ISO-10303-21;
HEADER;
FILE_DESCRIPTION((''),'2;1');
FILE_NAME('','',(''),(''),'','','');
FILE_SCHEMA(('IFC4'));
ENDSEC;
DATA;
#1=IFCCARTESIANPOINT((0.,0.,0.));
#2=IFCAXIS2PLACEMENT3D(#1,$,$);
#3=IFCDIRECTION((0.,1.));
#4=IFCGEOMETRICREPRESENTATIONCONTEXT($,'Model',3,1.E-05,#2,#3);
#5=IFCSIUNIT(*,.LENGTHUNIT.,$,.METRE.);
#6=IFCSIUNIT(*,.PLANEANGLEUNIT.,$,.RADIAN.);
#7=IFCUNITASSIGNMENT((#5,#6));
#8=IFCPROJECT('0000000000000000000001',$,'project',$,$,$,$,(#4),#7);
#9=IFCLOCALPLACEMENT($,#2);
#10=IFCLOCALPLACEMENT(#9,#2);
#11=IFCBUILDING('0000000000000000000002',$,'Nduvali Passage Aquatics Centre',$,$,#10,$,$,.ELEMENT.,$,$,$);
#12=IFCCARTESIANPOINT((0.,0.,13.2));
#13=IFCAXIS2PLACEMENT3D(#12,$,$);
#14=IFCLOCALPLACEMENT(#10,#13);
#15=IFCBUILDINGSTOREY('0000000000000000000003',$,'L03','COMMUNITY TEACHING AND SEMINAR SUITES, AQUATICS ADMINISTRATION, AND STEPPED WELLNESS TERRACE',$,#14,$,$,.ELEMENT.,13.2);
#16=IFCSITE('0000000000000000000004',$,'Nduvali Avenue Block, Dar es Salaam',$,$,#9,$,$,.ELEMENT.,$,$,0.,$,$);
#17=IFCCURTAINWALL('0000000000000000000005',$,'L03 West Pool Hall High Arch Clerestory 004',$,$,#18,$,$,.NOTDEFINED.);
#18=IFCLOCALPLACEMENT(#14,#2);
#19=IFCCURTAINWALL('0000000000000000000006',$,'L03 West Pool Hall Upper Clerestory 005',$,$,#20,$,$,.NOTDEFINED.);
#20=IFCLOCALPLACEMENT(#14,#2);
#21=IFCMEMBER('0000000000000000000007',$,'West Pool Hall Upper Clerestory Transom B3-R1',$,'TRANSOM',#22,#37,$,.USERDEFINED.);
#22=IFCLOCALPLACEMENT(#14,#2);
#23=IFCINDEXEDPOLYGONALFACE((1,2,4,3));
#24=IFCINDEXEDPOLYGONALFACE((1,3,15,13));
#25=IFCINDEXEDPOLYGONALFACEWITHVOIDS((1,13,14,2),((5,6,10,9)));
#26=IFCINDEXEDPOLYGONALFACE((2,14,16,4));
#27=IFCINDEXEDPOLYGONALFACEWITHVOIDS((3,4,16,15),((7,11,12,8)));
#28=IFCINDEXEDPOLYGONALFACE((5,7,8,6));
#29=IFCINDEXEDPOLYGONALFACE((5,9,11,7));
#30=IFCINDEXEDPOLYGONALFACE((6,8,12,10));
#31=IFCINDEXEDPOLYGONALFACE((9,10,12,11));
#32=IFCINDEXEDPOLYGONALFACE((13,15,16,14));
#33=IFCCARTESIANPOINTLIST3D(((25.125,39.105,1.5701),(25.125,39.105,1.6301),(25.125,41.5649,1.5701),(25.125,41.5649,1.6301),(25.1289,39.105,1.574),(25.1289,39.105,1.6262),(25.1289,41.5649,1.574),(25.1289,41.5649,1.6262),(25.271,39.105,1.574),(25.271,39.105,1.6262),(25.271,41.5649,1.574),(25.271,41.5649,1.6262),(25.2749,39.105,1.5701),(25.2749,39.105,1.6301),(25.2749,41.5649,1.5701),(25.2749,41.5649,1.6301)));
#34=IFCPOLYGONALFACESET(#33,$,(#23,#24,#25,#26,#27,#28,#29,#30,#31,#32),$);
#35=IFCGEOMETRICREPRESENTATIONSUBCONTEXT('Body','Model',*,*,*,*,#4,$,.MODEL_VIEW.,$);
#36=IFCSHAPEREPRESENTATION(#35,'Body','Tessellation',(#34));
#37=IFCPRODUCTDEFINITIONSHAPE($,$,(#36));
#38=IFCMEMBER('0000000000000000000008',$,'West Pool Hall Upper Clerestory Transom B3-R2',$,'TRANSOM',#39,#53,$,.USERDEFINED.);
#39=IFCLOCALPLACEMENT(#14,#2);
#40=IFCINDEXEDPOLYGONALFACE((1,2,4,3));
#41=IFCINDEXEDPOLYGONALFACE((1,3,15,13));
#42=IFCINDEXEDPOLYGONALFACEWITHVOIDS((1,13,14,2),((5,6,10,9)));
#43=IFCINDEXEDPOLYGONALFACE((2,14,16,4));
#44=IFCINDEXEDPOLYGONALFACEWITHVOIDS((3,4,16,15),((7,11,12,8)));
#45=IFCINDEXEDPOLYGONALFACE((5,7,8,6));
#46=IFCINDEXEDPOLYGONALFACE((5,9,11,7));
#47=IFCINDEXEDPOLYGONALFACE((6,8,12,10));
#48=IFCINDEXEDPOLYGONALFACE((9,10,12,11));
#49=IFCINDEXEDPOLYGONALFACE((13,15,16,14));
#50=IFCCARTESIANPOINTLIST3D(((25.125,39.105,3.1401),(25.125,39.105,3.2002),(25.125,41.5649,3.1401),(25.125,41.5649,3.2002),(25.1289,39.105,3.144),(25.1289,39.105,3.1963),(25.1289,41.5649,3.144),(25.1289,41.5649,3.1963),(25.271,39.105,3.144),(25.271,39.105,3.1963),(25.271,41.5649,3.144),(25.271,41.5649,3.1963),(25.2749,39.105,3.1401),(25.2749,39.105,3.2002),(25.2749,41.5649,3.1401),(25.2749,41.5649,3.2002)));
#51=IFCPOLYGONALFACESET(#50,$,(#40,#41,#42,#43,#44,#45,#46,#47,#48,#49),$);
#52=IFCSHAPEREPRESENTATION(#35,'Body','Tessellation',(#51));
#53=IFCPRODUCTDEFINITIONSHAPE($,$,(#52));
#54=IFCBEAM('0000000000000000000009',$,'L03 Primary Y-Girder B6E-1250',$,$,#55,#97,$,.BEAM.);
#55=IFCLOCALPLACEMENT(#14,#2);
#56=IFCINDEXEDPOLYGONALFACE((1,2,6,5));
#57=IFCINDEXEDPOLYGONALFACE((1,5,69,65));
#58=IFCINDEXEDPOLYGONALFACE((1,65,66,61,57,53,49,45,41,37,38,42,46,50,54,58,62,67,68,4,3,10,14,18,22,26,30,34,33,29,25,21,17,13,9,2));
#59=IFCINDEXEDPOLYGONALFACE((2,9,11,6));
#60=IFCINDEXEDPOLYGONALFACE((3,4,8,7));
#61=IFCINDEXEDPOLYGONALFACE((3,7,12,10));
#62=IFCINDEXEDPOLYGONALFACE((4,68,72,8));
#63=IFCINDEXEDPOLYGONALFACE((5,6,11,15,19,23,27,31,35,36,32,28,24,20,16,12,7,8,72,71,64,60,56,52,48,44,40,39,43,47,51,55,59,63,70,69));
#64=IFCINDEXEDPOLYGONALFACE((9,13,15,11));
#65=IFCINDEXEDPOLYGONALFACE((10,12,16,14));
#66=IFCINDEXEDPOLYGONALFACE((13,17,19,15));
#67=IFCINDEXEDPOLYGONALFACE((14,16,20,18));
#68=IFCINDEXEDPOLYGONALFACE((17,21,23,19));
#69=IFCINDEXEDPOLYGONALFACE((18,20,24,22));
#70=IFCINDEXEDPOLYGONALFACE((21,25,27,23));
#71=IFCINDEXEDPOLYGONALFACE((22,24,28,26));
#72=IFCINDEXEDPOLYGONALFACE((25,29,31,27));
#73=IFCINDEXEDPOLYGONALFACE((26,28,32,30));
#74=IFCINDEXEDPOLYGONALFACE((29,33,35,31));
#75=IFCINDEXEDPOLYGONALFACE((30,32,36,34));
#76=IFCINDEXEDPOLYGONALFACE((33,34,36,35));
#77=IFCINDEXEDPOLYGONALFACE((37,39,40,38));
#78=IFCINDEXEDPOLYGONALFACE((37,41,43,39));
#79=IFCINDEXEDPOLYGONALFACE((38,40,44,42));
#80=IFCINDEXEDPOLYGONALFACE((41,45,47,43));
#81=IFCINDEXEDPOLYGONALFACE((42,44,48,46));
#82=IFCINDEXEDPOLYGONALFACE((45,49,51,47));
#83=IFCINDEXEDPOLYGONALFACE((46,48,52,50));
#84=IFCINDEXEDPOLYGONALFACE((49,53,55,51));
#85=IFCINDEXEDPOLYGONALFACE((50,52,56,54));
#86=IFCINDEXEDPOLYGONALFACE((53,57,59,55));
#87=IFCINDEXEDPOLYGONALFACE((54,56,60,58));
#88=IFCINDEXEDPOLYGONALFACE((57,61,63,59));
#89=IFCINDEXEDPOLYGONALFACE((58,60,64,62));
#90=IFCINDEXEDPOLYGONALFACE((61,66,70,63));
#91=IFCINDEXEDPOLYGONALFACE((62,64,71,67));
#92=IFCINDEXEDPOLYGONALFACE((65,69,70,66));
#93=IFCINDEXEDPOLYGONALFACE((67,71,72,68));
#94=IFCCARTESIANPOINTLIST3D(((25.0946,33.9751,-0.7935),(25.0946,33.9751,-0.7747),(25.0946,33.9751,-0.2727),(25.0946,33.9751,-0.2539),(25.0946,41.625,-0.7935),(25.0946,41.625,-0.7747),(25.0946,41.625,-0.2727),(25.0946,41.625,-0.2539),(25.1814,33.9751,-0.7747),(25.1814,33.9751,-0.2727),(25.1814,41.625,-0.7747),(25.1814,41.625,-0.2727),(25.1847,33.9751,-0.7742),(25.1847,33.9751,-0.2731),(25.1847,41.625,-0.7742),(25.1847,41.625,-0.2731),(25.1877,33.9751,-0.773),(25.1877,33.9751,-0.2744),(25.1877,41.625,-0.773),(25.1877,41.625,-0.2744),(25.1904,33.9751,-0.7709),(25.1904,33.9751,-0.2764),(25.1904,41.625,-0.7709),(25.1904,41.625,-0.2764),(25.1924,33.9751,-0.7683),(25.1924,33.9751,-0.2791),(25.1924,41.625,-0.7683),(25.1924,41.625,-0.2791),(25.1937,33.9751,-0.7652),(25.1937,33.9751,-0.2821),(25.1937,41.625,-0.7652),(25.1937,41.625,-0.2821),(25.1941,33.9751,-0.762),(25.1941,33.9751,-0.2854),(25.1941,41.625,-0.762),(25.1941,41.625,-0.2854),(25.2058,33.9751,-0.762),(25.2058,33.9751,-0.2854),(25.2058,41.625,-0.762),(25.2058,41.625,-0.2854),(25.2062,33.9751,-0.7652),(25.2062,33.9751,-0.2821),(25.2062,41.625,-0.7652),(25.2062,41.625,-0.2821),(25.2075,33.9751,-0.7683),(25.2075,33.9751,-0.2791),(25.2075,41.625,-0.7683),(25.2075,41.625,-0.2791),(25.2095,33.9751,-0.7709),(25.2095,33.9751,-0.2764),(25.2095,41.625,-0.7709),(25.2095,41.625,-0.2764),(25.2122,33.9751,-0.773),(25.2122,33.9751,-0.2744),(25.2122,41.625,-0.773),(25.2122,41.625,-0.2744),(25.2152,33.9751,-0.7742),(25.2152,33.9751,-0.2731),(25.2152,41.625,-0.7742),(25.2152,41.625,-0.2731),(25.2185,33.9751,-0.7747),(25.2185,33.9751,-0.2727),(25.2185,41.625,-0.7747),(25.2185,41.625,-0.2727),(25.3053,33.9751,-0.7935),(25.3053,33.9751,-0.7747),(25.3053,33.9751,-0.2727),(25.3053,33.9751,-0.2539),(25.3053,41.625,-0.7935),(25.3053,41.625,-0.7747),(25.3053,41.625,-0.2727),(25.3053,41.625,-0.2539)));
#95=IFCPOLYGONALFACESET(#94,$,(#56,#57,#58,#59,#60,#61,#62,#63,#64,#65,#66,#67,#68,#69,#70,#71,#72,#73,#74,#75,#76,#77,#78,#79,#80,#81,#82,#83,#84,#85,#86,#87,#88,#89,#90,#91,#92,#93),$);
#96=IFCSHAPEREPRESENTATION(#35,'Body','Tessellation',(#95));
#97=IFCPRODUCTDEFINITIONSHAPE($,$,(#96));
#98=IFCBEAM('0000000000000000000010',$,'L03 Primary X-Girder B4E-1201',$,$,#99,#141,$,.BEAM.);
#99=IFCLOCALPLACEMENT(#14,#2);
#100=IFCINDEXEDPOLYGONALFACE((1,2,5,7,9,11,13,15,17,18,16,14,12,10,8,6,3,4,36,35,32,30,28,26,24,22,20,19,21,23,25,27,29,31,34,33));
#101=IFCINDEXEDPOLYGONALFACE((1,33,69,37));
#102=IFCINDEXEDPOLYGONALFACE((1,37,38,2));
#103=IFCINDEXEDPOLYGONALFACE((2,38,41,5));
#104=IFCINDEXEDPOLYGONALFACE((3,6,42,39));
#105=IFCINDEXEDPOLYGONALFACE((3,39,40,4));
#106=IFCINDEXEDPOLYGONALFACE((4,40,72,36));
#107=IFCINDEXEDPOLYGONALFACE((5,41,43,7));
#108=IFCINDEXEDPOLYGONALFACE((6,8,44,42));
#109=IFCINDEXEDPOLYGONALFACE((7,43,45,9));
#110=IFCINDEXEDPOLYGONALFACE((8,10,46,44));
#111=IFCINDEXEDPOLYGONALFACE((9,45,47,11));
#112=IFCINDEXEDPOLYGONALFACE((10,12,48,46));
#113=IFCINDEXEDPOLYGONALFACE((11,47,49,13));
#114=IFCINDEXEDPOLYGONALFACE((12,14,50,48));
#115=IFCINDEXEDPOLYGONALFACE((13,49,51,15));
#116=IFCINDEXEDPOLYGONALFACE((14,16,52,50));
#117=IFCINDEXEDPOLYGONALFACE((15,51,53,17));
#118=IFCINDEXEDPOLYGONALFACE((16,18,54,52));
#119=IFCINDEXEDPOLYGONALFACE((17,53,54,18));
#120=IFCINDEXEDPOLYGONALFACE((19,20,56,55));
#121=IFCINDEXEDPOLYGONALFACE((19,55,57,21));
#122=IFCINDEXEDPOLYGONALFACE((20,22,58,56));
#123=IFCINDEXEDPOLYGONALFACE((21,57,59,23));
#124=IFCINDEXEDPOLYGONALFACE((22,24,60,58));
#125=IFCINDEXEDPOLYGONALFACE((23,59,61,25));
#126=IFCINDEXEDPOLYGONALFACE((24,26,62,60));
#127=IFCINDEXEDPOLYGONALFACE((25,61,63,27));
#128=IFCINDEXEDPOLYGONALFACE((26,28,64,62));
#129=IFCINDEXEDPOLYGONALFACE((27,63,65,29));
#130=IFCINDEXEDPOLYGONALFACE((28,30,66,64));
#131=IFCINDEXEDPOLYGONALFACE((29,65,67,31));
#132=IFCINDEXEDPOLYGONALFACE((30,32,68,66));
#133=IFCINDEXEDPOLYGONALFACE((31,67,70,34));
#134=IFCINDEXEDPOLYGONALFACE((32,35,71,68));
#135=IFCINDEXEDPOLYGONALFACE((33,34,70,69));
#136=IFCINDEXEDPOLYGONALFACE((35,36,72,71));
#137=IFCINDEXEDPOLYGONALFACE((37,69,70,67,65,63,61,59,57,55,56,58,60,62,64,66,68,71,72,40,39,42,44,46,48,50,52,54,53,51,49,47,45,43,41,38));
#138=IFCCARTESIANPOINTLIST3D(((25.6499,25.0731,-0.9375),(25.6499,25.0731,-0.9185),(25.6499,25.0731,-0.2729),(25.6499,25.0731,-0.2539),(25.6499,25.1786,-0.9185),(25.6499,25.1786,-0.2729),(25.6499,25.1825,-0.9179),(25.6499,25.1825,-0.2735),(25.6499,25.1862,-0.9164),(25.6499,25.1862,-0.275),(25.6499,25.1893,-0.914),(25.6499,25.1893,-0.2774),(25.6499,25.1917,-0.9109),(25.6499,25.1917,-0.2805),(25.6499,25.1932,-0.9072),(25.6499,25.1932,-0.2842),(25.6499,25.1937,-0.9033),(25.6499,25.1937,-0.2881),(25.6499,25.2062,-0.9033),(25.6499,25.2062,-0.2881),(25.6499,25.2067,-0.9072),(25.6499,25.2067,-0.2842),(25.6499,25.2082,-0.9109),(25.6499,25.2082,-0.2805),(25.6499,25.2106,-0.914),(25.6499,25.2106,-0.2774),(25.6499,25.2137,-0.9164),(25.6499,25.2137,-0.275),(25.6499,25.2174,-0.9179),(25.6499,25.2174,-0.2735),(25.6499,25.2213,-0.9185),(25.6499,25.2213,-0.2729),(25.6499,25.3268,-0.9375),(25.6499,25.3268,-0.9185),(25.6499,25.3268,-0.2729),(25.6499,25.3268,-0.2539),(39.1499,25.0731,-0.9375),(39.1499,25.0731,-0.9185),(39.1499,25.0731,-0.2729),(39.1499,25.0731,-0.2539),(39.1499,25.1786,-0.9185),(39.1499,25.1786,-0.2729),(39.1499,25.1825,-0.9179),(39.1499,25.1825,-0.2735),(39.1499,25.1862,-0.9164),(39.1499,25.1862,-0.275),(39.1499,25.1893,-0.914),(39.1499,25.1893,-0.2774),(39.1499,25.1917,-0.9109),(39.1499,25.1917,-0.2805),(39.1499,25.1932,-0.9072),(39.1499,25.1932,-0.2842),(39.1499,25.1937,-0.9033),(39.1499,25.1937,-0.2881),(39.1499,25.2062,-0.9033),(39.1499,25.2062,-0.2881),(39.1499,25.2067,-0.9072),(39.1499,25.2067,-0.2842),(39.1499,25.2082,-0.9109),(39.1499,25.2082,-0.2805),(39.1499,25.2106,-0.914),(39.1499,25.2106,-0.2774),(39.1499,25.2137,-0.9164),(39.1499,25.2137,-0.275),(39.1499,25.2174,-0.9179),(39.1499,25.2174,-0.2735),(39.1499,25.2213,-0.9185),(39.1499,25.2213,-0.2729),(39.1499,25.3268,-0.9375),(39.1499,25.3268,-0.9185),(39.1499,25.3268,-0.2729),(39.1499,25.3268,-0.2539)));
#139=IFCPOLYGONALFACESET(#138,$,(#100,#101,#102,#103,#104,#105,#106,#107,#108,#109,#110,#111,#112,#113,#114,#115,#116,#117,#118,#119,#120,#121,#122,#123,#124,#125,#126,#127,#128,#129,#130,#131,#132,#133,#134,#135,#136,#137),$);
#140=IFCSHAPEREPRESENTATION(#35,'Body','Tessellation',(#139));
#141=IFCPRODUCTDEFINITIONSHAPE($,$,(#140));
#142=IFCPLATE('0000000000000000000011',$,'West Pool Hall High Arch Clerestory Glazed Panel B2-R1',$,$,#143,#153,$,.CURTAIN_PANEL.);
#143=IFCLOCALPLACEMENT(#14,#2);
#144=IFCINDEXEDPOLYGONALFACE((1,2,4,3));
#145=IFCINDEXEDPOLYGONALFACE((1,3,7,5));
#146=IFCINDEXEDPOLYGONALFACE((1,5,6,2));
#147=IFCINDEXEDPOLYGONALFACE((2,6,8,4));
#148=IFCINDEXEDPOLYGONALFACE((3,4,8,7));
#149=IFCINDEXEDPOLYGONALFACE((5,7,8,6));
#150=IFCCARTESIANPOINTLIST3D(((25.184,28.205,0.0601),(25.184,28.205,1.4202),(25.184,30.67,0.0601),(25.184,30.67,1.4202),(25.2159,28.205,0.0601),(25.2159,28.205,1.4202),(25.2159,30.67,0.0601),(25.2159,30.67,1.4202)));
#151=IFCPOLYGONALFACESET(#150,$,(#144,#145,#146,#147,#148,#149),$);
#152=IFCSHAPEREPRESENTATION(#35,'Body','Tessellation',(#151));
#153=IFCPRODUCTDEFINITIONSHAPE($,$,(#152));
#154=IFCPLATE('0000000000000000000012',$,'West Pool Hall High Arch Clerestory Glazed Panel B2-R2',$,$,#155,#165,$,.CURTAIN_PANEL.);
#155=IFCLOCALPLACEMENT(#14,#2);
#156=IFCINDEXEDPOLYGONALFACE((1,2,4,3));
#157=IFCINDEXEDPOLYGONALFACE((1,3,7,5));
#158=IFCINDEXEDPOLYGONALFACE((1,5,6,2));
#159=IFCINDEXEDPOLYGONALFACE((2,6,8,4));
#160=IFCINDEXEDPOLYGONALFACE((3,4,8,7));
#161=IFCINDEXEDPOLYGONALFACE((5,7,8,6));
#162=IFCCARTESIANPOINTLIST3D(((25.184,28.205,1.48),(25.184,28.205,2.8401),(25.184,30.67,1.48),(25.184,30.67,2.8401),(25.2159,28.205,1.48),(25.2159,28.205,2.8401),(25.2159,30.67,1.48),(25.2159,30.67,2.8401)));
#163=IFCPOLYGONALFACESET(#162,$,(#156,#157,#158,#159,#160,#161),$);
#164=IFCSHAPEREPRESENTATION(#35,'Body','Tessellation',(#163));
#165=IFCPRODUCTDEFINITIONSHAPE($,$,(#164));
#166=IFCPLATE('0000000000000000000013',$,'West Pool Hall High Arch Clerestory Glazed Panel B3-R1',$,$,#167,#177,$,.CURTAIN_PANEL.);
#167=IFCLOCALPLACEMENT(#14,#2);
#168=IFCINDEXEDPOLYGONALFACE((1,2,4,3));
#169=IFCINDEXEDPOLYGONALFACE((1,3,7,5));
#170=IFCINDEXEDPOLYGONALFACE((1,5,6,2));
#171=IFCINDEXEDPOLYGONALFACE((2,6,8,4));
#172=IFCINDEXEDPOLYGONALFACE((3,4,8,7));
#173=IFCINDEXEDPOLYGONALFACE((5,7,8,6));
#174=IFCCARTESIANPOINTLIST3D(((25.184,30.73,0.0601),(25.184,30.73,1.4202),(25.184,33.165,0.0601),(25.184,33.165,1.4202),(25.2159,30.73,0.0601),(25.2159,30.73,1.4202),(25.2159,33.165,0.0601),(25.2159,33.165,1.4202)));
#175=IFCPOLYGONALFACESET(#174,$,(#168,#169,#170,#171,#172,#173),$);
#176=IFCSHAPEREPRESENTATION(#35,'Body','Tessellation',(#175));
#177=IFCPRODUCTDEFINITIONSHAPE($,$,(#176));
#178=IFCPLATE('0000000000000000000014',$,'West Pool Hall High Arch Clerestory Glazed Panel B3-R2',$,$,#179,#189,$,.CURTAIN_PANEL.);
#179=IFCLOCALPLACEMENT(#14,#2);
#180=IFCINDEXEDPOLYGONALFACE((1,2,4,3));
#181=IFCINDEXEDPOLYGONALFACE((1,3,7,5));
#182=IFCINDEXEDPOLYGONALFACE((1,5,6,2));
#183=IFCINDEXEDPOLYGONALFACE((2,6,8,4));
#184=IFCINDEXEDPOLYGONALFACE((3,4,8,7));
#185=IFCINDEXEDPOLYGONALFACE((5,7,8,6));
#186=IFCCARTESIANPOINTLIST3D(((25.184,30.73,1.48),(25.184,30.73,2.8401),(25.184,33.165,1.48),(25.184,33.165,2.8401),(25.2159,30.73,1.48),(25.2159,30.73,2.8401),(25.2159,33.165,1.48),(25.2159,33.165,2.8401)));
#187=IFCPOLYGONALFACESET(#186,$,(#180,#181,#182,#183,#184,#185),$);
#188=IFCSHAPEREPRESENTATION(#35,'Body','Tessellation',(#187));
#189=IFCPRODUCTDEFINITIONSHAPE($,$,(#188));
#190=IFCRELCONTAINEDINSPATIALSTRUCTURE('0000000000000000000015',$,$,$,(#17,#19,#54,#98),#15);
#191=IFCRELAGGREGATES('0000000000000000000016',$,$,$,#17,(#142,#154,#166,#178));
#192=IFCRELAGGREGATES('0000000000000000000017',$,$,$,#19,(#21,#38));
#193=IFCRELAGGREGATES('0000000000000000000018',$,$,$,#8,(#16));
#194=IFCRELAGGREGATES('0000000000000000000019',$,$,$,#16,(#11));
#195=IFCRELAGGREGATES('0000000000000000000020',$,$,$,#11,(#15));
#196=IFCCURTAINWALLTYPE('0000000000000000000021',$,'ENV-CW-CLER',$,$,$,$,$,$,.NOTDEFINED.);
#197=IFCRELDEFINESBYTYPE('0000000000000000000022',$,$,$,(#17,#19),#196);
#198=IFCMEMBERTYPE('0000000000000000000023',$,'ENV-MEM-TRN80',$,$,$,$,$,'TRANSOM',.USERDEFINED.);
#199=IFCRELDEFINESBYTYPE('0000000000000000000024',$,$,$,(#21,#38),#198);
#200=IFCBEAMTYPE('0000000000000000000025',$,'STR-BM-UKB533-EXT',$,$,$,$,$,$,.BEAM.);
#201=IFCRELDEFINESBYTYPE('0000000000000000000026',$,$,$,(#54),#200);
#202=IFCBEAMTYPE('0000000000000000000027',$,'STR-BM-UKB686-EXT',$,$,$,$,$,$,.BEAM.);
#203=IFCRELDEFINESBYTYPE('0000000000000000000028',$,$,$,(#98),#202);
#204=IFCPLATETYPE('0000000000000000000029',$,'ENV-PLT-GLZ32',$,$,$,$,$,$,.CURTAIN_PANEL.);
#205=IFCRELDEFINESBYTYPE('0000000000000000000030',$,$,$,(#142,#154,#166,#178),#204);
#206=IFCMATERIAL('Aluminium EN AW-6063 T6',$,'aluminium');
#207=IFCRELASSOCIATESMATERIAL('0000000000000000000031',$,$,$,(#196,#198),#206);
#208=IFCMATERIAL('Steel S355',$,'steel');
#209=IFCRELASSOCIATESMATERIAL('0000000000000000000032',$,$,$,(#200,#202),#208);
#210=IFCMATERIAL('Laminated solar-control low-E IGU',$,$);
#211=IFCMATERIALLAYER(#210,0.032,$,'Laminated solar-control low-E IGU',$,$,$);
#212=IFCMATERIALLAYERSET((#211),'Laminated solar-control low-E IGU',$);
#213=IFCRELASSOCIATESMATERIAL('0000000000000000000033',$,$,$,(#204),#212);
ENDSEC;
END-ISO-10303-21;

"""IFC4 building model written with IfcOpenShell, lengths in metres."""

from ifc_helpers import new_model, si_unit, direction, frame, origin, origin_2d, place, context, subcontext, project, spatial, rectangle, hollow_rectangle, i_section, extrude, material, layer, layer_set, material_profile, profile_set, type_object, element, aggregate, save


model = new_model("IFC4")

# Units and contexts
model_context = context("Model", 3, precision=1e-05, world=origin(), true_north=direction((0.0, 1.0)))
body_context = subcontext(model_context, "Body", "Model", "MODEL_VIEW")
ifc_project = project(units=[si_unit("LENGTHUNIT", "METRE"), si_unit("PLANEANGLEUNIT", "RADIAN")], contexts=[model_context])

# Site, building, storey
site_placement = place(None, origin())
site = spatial("IfcSite", under=ifc_project, at=site_placement, Name="Nduvali Avenue Block, Dar es Salaam", CompositionType="ELEMENT", RefElevation=0.0)
building_placement = place(site_placement, origin())
building = spatial("IfcBuilding", under=site, at=building_placement, Name="Nduvali Passage Aquatics Centre", CompositionType="ELEMENT")
storey_placement = place(building_placement, frame((0.0, 0.0, 13.2)))
storey = spatial("IfcBuildingStorey", under=building, at=storey_placement, Name="L03", Description="COMMUNITY TEACHING AND SEMINAR SUITES, AQUATICS ADMINISTRATION, AND STEPPED WELLNESS TERRACE", CompositionType="ELEMENT", Elevation=13.2)

# Shared definitions
ifc_material_1 = material(Name="Steel S355", Category="steel")

# Curtain walls
ifc_material_2 = material(Name="Aluminium EN AW-6063 T6", Category="aluminium")
curtain_wall_type = type_object("IfcCurtainWallType", Name="ENV-CW-CLER", PredefinedType="NOTDEFINED", material=ifc_material_2)
curtain_wall_1_placement = place(storey_placement, origin())
curtain_wall_1 = element("IfcCurtainWall", 1, at=curtain_wall_1_placement, inside=storey, type_object=curtain_wall_type, Name="L03 West Pool Hall High Arch Clerestory 004", PredefinedType="NOTDEFINED")
curtain_wall_2_placement = place(storey_placement, origin())
curtain_wall_2 = element("IfcCurtainWall", 2, at=curtain_wall_2_placement, inside=storey, type_object=curtain_wall_type, Name="L03 West Pool Hall Upper Clerestory 005", PredefinedType="NOTDEFINED")

# Members
ifc_material_profile_1 = material_profile(ifc_material_2, hollow_rectangle(XDim=0.1499, YDim=0.0601, WallThickness=0.0039, at=origin_2d()), Name="ALU TRANSOM 150x60x4")
ifc_profile_set_1 = profile_set([ifc_material_profile_1], Name="Aluminium EN AW-6063 T6")
member_type_1 = type_object("IfcMemberType", Name="ENV-MEM-TRN80", ElementType="TRANSOM", PredefinedType="USERDEFINED", material=ifc_profile_set_1)
member_1_placement = place(storey_placement, frame((25.2, 39.105, 1.6001), z_axis=(0.0, 1.0, 0.0), x_axis=(-1.0, 0.0, 0.0)))
member_1 = element("IfcMember", 3, at=member_1_placement, type_object=member_type_1, Name="West Pool Hall Upper Clerestory Transom B3-R1", ObjectType="TRANSOM", PredefinedType="USERDEFINED", context=body_context, shape_type="SweptSolid", body=[
    extrude(hollow_rectangle(XDim=0.1499, YDim=0.0601, WallThickness=0.0039, at=origin_2d()), origin(), (0.0, 0.0, 1.0), 2.46),
])
member_2_placement = place(storey_placement, frame((25.2, 39.105, 3.1702), z_axis=(0.0, 1.0, 0.0), x_axis=(-1.0, 0.0, 0.0)))
member_2 = element("IfcMember", 4, at=member_2_placement, type_object=member_type_1, Name="West Pool Hall Upper Clerestory Transom B3-R2", ObjectType="TRANSOM", PredefinedType="USERDEFINED", context=body_context, shape_type="SweptSolid", body=[
    extrude(hollow_rectangle(XDim=0.1499, YDim=0.0601, WallThickness=0.0039, at=origin_2d()), origin(), (0.0, 0.0, 1.0), 2.46),
])

# Beams
ifc_material_profile_2 = material_profile(ifc_material_1, i_section(OverallWidth=0.2107, OverallDepth=0.5396, WebThickness=0.0117, FlangeThickness=0.0188, FilletRadius=0.0127, at=origin_2d()), Name="UKB 533x210x109")
ifc_profile_set_2 = profile_set([ifc_material_profile_2], Name="Steel S355")
beam_type_1 = type_object("IfcBeamType", Name="STR-BM-UKB533-EXT", PredefinedType="BEAM", material=ifc_profile_set_2)
beam_1_placement = place(storey_placement, frame((25.2, 33.9751, -0.5237), z_axis=(0.0, 1.0, 0.0), x_axis=(-1.0, 0.0, 0.0)))
element("IfcBeam", 5, at=beam_1_placement, inside=storey, type_object=beam_type_1, Name="L03 Primary Y-Girder B6E-1250", PredefinedType="BEAM", context=body_context, shape_type="SweptSolid", body=[
    extrude(i_section(OverallWidth=0.2107, OverallDepth=0.5396, WebThickness=0.0117, FlangeThickness=0.0188, FilletRadius=0.0127, at=origin_2d()), origin(), (0.0, 0.0, 1.0), 7.6499),
])
ifc_material_profile_3 = material_profile(ifc_material_1, i_section(OverallWidth=0.2537, OverallDepth=0.6836, WebThickness=0.0125, FlangeThickness=0.019, FilletRadius=0.0151, at=origin_2d()), Name="UKB 686x254x140")
ifc_profile_set_3 = profile_set([ifc_material_profile_3], Name="Steel S355")
beam_type_2 = type_object("IfcBeamType", Name="STR-BM-UKB686-EXT", PredefinedType="BEAM", material=ifc_profile_set_3)
beam_2_placement = place(storey_placement, frame((25.6499, 25.2, -0.5957), z_axis=(1.0, 0.0, 0.0), x_axis=(0.0, 1.0, 0.0)))
element("IfcBeam", 6, at=beam_2_placement, inside=storey, type_object=beam_type_2, Name="L03 Primary X-Girder B4E-1201", PredefinedType="BEAM", context=body_context, shape_type="SweptSolid", body=[
    extrude(i_section(OverallWidth=0.2537, OverallDepth=0.6836, WebThickness=0.0125, FlangeThickness=0.019, FilletRadius=0.0151, at=origin_2d()), origin(), (0.0, 0.0, 1.0), 13.5),
])

# Plates
ifc_material_3 = material(Name="Laminated solar-control low-E IGU")
ifc_layer = layer(ifc_material_3, 0.032, Name="Laminated solar-control low-E IGU")
ifc_layer_set = layer_set([ifc_layer], Name="Laminated solar-control low-E IGU")
plate_type = type_object("IfcPlateType", Name="ENV-PLT-GLZ32", PredefinedType="CURTAIN_PANEL", material=ifc_layer_set)
plate_1_placement = place(storey_placement, frame((25.2, 29.4375, 0.0601), z_axis=(0.0, 0.0, 1.0), x_axis=(0.0, 1.0, 0.0)))
plate_1 = element("IfcPlate", 7, at=plate_1_placement, type_object=plate_type, Name="West Pool Hall High Arch Clerestory Glazed Panel B2-R1", PredefinedType="CURTAIN_PANEL", context=body_context, shape_type="SweptSolid", body=[
    extrude(rectangle(XDim=2.4651, YDim=0.032, at=origin_2d()), origin(), (0.0, 0.0, 1.0), 1.3601),
])
plate_2_placement = place(storey_placement, frame((25.2, 29.4375, 1.48), z_axis=(0.0, 0.0, 1.0), x_axis=(0.0, 1.0, 0.0)))
plate_2 = element("IfcPlate", 8, at=plate_2_placement, type_object=plate_type, Name="West Pool Hall High Arch Clerestory Glazed Panel B2-R2", PredefinedType="CURTAIN_PANEL", context=body_context, shape_type="SweptSolid", body=[
    extrude(rectangle(XDim=2.4651, YDim=0.032, at=origin_2d()), origin(), (0.0, 0.0, 1.0), 1.3601),
])
plate_3_placement = place(storey_placement, frame((25.2, 31.9475, 0.0601), z_axis=(0.0, 0.0, 1.0), x_axis=(0.0, 1.0, 0.0)))
plate_3 = element("IfcPlate", 9, at=plate_3_placement, type_object=plate_type, Name="West Pool Hall High Arch Clerestory Glazed Panel B3-R1", PredefinedType="CURTAIN_PANEL", context=body_context, shape_type="SweptSolid", body=[
    extrude(rectangle(XDim=2.4351, YDim=0.032, at=origin_2d()), origin(), (0.0, 0.0, 1.0), 1.3601),
])
plate_4_placement = place(storey_placement, frame((25.2, 31.9475, 1.48), z_axis=(0.0, 0.0, 1.0), x_axis=(0.0, 1.0, 0.0)))
plate_4 = element("IfcPlate", 10, at=plate_4_placement, type_object=plate_type, Name="West Pool Hall High Arch Clerestory Glazed Panel B3-R2", PredefinedType="CURTAIN_PANEL", context=body_context, shape_type="SweptSolid", body=[
    extrude(rectangle(XDim=2.4351, YDim=0.032, at=origin_2d()), origin(), (0.0, 0.0, 1.0), 1.3601),
])
aggregate(curtain_wall_1, [plate_1, plate_2, plate_3, plate_4])
aggregate(curtain_wall_2, [member_1, member_2])

save(model, "model.ifc")
